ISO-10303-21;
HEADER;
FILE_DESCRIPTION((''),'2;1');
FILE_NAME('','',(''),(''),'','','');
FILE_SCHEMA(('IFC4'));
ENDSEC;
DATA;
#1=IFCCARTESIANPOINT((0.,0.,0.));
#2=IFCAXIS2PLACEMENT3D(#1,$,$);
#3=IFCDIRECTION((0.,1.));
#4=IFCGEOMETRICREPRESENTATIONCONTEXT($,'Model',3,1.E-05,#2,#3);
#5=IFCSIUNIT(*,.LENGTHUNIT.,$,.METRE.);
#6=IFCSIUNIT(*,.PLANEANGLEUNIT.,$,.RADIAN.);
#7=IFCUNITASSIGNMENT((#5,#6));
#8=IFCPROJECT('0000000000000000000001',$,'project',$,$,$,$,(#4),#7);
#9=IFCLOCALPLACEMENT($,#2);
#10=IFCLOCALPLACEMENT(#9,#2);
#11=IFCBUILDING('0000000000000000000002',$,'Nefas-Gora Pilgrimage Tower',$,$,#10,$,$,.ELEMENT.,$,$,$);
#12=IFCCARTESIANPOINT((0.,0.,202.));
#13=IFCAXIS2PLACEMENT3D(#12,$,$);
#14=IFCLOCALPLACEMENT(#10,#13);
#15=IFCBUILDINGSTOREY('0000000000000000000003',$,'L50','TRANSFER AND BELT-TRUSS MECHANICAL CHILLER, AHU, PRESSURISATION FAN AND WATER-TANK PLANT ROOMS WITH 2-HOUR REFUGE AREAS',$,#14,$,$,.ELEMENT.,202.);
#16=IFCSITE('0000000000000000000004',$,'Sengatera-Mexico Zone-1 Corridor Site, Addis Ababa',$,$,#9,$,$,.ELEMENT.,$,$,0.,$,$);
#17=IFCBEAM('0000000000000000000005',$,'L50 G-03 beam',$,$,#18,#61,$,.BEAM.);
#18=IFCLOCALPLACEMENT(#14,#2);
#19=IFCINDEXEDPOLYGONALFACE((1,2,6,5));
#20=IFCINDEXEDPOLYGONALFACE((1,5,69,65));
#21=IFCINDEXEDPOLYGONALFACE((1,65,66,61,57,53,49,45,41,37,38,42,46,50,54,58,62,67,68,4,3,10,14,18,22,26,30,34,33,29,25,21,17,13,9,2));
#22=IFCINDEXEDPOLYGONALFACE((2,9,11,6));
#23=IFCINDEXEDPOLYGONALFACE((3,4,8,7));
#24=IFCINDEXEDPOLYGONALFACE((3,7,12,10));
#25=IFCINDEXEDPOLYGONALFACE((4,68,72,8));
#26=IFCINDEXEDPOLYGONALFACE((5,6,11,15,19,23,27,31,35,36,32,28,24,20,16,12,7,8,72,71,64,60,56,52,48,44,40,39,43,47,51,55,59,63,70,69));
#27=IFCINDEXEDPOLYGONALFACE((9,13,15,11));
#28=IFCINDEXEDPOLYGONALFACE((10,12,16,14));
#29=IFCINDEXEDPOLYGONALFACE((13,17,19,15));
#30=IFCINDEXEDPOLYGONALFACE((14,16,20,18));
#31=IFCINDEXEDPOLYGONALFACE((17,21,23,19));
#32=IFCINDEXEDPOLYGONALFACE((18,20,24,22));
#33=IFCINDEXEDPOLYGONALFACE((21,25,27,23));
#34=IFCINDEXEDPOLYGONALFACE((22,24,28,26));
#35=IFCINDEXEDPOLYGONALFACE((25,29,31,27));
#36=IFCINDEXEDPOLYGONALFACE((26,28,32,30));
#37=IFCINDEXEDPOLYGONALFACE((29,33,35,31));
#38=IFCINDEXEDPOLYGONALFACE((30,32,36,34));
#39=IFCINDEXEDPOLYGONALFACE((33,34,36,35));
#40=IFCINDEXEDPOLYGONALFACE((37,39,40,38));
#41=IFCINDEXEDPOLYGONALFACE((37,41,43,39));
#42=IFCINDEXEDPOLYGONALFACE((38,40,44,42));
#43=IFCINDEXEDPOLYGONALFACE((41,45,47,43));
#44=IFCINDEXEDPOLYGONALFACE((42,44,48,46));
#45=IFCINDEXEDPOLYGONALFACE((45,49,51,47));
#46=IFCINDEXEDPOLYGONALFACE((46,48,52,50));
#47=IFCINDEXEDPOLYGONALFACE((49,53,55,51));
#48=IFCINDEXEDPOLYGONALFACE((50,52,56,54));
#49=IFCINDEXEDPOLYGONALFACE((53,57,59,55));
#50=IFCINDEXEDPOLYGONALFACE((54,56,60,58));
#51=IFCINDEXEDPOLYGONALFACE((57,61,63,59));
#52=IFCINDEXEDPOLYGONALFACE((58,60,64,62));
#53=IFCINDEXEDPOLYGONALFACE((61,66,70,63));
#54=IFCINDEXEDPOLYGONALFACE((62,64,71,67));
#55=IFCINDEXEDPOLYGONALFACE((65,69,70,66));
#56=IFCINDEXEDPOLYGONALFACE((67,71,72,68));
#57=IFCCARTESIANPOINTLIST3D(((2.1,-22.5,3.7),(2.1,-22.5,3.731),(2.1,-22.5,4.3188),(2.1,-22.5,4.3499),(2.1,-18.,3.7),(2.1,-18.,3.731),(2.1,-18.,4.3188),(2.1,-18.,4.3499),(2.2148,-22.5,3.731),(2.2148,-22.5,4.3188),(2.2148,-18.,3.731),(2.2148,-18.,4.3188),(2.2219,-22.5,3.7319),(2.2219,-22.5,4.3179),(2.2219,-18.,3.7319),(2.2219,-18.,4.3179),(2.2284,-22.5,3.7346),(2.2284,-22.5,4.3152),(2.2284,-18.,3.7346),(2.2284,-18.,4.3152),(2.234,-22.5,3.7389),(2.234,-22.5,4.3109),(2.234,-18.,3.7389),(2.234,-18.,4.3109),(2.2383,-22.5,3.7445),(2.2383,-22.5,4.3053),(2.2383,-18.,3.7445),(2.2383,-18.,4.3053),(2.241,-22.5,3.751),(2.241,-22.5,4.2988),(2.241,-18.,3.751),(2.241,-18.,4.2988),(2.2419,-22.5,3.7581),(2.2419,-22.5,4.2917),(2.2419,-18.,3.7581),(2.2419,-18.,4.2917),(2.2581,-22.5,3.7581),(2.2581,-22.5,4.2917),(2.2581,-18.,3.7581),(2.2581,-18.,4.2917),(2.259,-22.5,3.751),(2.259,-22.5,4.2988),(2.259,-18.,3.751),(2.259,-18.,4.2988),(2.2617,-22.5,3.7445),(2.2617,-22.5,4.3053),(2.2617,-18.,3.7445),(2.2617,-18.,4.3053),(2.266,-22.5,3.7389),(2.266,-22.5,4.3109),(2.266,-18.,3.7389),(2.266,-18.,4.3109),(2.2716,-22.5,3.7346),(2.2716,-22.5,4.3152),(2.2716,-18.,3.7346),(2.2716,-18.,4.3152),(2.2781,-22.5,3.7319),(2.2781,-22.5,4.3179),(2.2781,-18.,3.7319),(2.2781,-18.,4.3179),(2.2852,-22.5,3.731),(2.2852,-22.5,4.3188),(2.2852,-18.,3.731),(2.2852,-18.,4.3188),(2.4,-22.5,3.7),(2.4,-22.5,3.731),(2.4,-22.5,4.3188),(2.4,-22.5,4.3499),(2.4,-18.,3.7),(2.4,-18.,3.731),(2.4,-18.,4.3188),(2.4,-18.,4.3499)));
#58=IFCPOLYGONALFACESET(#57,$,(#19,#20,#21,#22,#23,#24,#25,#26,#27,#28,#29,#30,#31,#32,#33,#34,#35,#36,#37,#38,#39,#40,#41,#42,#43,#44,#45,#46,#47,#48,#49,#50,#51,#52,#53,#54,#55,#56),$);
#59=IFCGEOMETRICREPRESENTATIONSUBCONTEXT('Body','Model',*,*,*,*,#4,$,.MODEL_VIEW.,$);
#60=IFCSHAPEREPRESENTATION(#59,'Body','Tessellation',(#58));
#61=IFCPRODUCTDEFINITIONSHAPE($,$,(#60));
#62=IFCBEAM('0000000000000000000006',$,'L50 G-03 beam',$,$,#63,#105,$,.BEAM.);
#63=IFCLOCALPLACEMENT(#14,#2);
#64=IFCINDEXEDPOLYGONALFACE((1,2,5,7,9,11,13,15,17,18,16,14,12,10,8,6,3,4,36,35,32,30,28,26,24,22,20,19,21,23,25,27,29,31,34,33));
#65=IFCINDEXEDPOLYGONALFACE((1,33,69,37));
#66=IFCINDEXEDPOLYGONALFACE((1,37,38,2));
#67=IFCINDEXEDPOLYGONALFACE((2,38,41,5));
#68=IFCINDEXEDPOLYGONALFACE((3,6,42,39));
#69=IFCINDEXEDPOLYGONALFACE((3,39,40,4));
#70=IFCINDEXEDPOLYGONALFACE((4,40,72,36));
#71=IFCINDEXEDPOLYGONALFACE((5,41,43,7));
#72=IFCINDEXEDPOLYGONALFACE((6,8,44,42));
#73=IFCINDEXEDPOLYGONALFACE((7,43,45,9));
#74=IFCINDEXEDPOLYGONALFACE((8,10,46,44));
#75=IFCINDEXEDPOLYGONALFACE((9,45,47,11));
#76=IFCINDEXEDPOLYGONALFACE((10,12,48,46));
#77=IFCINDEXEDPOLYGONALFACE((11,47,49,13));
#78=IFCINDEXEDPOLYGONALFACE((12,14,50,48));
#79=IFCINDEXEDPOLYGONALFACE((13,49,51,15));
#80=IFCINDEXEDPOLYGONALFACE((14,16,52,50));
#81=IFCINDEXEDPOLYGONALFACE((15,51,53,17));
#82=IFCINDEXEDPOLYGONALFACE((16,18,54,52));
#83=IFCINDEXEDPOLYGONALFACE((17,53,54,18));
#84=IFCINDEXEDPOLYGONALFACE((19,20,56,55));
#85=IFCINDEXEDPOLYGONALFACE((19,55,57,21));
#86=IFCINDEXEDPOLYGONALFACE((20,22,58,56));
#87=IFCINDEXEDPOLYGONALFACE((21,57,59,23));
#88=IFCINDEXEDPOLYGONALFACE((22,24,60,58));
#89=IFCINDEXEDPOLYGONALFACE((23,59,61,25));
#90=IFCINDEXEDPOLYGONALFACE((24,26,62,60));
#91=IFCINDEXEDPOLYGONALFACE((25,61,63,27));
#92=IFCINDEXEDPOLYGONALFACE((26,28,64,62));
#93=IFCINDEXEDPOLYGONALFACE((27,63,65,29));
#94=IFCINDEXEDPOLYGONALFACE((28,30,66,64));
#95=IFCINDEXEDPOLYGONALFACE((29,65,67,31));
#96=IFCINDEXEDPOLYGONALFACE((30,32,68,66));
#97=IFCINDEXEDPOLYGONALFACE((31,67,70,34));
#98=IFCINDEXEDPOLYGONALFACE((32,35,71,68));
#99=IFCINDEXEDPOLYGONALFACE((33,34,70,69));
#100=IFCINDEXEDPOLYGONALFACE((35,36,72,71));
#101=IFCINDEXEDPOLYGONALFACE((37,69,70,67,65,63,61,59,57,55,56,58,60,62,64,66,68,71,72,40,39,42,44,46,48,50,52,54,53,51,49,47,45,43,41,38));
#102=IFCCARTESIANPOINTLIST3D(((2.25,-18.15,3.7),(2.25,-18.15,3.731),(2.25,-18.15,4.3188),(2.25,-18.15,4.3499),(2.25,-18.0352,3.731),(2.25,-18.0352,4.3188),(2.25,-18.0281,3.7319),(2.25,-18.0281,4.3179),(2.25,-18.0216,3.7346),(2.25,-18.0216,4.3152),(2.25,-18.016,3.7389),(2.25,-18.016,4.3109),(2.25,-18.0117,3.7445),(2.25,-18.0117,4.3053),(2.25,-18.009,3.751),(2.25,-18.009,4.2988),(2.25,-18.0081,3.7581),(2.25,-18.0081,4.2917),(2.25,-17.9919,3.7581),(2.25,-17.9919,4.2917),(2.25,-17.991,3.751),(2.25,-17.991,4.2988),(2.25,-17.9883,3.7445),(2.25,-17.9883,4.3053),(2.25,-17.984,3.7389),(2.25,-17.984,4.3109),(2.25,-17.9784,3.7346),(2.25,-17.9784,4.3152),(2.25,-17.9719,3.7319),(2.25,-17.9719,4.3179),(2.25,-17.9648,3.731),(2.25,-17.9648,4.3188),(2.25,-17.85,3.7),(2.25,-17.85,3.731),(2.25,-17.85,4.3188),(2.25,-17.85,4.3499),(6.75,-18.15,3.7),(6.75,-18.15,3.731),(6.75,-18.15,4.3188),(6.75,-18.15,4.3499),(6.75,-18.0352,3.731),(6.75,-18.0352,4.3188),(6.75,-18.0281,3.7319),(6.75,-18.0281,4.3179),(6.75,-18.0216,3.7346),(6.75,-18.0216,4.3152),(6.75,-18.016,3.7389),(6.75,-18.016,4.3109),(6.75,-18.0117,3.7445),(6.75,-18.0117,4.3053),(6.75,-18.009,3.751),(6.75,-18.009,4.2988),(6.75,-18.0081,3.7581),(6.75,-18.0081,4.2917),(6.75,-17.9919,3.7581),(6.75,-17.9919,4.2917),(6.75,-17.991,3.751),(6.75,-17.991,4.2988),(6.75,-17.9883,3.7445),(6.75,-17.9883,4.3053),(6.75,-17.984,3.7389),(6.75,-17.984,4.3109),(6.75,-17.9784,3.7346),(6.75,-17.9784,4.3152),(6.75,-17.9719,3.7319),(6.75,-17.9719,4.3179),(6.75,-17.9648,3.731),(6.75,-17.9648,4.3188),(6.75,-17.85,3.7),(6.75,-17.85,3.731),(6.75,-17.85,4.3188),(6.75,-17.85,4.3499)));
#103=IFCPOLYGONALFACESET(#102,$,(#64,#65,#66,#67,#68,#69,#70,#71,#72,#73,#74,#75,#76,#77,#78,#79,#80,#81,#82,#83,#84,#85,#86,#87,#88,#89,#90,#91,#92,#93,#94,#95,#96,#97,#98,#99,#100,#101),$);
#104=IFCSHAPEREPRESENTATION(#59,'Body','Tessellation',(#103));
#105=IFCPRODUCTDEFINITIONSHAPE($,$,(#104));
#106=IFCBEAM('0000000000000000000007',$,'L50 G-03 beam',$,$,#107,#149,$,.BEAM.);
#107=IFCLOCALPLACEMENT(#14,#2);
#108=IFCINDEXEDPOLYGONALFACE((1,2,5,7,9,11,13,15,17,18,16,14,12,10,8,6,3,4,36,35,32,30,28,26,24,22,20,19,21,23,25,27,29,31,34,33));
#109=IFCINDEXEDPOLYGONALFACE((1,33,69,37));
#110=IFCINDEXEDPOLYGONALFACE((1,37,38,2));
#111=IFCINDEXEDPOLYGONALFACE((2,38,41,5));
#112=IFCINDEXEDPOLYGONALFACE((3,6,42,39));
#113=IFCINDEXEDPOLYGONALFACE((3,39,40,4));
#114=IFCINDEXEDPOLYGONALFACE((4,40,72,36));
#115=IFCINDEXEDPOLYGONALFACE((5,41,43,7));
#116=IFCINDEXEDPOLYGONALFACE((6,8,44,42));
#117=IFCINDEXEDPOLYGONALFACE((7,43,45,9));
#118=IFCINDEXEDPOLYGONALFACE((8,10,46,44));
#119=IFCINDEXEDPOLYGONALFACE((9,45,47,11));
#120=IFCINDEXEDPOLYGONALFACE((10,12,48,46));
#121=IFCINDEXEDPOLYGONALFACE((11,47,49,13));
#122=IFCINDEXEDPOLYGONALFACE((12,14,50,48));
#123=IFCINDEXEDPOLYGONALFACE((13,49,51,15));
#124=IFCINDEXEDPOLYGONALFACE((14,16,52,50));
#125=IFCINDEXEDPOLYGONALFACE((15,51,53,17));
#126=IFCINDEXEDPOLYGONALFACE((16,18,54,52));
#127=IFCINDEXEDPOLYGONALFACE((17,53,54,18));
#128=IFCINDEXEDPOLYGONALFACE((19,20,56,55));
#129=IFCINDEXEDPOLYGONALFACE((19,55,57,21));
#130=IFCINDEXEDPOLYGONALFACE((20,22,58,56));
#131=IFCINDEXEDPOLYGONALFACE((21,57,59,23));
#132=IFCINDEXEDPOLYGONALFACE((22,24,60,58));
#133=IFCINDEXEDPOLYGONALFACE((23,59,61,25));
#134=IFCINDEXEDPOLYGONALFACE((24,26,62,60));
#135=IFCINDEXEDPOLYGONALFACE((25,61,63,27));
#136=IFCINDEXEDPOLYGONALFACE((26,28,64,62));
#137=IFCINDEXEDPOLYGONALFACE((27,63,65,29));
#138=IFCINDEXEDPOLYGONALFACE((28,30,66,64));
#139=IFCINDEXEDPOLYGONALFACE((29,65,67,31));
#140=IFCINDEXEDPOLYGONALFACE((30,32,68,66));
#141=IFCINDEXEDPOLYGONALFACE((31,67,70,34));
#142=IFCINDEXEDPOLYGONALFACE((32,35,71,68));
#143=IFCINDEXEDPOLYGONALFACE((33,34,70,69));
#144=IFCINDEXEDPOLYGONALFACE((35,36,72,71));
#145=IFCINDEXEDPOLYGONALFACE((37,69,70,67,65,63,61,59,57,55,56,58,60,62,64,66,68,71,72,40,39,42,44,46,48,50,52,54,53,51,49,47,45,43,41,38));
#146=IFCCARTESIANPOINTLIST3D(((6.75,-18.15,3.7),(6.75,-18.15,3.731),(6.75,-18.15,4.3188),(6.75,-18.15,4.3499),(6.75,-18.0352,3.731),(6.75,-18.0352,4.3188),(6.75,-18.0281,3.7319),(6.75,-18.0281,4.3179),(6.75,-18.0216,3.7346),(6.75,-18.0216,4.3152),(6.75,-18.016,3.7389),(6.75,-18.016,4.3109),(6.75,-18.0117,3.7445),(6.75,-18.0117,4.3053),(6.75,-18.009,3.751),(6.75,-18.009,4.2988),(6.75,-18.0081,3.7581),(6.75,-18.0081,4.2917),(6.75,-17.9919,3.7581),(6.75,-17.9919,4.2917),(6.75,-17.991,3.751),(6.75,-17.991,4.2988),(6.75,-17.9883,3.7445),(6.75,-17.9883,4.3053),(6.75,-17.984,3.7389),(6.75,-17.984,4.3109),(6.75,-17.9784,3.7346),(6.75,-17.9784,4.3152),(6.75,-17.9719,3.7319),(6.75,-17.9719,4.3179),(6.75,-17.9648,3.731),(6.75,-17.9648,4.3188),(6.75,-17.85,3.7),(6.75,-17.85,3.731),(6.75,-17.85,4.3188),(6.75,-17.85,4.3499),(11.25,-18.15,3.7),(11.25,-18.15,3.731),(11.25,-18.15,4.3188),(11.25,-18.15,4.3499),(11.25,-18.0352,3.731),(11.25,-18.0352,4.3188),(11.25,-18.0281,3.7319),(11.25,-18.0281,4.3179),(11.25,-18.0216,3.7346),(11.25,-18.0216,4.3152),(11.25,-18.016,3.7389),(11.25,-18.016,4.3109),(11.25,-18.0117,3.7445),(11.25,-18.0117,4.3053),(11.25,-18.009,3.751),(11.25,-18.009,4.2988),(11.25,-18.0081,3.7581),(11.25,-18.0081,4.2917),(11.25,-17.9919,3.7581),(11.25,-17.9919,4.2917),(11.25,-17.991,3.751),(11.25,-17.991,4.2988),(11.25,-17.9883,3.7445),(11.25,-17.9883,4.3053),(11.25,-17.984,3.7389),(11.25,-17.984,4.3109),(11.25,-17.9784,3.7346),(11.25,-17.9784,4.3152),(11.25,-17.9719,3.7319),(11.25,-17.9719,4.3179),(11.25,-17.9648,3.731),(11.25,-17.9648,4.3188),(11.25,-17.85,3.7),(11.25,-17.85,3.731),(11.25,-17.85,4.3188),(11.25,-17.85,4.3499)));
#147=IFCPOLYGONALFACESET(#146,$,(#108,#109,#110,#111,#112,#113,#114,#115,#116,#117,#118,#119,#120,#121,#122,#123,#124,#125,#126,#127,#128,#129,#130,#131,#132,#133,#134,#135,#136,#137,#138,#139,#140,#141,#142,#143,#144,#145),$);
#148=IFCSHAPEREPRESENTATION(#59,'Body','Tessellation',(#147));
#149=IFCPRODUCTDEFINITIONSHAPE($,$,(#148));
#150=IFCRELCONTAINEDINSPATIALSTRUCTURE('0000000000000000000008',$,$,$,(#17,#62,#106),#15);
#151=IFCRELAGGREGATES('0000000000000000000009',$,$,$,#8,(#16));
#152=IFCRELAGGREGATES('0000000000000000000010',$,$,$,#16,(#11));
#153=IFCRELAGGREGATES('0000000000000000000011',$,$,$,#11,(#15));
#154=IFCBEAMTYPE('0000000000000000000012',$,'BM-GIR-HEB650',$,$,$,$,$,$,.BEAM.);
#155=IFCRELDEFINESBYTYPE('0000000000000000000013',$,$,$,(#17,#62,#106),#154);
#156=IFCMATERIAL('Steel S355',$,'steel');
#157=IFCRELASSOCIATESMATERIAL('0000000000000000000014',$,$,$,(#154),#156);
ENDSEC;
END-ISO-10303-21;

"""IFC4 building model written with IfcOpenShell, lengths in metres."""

from ifc_helpers import new_model, si_unit, direction, frame, origin, origin_2d, place, context, subcontext, project, spatial, i_section, extrude, source, transform, mapped, material, material_profile, profile_set, type_object, element, save


model = new_model("IFC4")

# Units and contexts
model_context = context("Model", 3, precision=1e-05, world=origin(), true_north=direction((0.0, 1.0)))
body_context = subcontext(model_context, "Body", "Model", "MODEL_VIEW")
ifc_project = project(units=[si_unit("LENGTHUNIT", "METRE"), si_unit("PLANEANGLEUNIT", "RADIAN")], contexts=[model_context])

# Site, building, storey
site_placement = place(None, origin())
site = spatial("IfcSite", under=ifc_project, at=site_placement, Name="Sengatera-Mexico Zone-1 Corridor Site, Addis Ababa", CompositionType="ELEMENT", RefElevation=0.0)
building_placement = place(site_placement, origin())
building = spatial("IfcBuilding", under=site, at=building_placement, Name="Nefas-Gora Pilgrimage Tower", CompositionType="ELEMENT")
storey_placement = place(building_placement, frame((0.0, 0.0, 202.0)))
storey = spatial("IfcBuildingStorey", under=building, at=storey_placement, Name="L50", Description="TRANSFER AND BELT-TRUSS MECHANICAL CHILLER, AHU, PRESSURISATION FAN AND WATER-TANK PLANT ROOMS WITH 2-HOUR REFUGE AREAS", CompositionType="ELEMENT", Elevation=202.0)

# Beams
ifc_material_1 = material(Name="Steel S355", Category="steel")
ifc_material_profile_1 = material_profile(ifc_material_1, i_section(OverallWidth=0.3, OverallDepth=0.6499, WebThickness=0.0161, FlangeThickness=0.031, FilletRadius=0.0271, at=origin_2d()), Name="HEB 650")
ifc_profile_set_1 = profile_set([ifc_material_profile_1], Name="Steel S355")
beam_type_1 = type_object("IfcBeamType", Name="BM-GIR-HEB650", PredefinedType="BEAM", material=ifc_profile_set_1)
shared_shape_1 = source(origin(), body_context, "Body", "SweptSolid", [
    extrude(i_section(OverallWidth=0.3, OverallDepth=0.6499, WebThickness=0.0161, FlangeThickness=0.031, FilletRadius=0.0271, at=origin_2d()), origin(), (0.0, 0.0, 1.0), 4.5),
])
for number, where, z_axis, x_axis, name in (
    (1, (2.25, -22.5, 4.0249), (0.0, 1.0, 0.0), (-1.0, 0.0, 0.0), "L50 G-03 beam"),
    (2, (2.25, -18.0, 4.0249), (1.0, 0.0, 0.0), (0.0, 1.0, 0.0), "L50 G-03 beam"),
    (3, (6.75, -18.0, 4.0249), (1.0, 0.0, 0.0), (0.0, 1.0, 0.0), "L50 G-03 beam"),
):
    element("IfcBeam", number, at=place(storey_placement, frame(where, z_axis=z_axis, x_axis=x_axis)), inside=storey, type_object=beam_type_1, Name=name, PredefinedType="BEAM", context=body_context, shape_type="MappedRepresentation", body=[
        mapped(shared_shape_1, transform((0.0, 0.0, 0.0), x_axis=(1.0, 0.0, 0.0), y_axis=(0.0, 1.0, 0.0), z_axis=(0.0, 0.0, 1.0), scale=1.0)),
    ])

save(model, "model.ifc")
